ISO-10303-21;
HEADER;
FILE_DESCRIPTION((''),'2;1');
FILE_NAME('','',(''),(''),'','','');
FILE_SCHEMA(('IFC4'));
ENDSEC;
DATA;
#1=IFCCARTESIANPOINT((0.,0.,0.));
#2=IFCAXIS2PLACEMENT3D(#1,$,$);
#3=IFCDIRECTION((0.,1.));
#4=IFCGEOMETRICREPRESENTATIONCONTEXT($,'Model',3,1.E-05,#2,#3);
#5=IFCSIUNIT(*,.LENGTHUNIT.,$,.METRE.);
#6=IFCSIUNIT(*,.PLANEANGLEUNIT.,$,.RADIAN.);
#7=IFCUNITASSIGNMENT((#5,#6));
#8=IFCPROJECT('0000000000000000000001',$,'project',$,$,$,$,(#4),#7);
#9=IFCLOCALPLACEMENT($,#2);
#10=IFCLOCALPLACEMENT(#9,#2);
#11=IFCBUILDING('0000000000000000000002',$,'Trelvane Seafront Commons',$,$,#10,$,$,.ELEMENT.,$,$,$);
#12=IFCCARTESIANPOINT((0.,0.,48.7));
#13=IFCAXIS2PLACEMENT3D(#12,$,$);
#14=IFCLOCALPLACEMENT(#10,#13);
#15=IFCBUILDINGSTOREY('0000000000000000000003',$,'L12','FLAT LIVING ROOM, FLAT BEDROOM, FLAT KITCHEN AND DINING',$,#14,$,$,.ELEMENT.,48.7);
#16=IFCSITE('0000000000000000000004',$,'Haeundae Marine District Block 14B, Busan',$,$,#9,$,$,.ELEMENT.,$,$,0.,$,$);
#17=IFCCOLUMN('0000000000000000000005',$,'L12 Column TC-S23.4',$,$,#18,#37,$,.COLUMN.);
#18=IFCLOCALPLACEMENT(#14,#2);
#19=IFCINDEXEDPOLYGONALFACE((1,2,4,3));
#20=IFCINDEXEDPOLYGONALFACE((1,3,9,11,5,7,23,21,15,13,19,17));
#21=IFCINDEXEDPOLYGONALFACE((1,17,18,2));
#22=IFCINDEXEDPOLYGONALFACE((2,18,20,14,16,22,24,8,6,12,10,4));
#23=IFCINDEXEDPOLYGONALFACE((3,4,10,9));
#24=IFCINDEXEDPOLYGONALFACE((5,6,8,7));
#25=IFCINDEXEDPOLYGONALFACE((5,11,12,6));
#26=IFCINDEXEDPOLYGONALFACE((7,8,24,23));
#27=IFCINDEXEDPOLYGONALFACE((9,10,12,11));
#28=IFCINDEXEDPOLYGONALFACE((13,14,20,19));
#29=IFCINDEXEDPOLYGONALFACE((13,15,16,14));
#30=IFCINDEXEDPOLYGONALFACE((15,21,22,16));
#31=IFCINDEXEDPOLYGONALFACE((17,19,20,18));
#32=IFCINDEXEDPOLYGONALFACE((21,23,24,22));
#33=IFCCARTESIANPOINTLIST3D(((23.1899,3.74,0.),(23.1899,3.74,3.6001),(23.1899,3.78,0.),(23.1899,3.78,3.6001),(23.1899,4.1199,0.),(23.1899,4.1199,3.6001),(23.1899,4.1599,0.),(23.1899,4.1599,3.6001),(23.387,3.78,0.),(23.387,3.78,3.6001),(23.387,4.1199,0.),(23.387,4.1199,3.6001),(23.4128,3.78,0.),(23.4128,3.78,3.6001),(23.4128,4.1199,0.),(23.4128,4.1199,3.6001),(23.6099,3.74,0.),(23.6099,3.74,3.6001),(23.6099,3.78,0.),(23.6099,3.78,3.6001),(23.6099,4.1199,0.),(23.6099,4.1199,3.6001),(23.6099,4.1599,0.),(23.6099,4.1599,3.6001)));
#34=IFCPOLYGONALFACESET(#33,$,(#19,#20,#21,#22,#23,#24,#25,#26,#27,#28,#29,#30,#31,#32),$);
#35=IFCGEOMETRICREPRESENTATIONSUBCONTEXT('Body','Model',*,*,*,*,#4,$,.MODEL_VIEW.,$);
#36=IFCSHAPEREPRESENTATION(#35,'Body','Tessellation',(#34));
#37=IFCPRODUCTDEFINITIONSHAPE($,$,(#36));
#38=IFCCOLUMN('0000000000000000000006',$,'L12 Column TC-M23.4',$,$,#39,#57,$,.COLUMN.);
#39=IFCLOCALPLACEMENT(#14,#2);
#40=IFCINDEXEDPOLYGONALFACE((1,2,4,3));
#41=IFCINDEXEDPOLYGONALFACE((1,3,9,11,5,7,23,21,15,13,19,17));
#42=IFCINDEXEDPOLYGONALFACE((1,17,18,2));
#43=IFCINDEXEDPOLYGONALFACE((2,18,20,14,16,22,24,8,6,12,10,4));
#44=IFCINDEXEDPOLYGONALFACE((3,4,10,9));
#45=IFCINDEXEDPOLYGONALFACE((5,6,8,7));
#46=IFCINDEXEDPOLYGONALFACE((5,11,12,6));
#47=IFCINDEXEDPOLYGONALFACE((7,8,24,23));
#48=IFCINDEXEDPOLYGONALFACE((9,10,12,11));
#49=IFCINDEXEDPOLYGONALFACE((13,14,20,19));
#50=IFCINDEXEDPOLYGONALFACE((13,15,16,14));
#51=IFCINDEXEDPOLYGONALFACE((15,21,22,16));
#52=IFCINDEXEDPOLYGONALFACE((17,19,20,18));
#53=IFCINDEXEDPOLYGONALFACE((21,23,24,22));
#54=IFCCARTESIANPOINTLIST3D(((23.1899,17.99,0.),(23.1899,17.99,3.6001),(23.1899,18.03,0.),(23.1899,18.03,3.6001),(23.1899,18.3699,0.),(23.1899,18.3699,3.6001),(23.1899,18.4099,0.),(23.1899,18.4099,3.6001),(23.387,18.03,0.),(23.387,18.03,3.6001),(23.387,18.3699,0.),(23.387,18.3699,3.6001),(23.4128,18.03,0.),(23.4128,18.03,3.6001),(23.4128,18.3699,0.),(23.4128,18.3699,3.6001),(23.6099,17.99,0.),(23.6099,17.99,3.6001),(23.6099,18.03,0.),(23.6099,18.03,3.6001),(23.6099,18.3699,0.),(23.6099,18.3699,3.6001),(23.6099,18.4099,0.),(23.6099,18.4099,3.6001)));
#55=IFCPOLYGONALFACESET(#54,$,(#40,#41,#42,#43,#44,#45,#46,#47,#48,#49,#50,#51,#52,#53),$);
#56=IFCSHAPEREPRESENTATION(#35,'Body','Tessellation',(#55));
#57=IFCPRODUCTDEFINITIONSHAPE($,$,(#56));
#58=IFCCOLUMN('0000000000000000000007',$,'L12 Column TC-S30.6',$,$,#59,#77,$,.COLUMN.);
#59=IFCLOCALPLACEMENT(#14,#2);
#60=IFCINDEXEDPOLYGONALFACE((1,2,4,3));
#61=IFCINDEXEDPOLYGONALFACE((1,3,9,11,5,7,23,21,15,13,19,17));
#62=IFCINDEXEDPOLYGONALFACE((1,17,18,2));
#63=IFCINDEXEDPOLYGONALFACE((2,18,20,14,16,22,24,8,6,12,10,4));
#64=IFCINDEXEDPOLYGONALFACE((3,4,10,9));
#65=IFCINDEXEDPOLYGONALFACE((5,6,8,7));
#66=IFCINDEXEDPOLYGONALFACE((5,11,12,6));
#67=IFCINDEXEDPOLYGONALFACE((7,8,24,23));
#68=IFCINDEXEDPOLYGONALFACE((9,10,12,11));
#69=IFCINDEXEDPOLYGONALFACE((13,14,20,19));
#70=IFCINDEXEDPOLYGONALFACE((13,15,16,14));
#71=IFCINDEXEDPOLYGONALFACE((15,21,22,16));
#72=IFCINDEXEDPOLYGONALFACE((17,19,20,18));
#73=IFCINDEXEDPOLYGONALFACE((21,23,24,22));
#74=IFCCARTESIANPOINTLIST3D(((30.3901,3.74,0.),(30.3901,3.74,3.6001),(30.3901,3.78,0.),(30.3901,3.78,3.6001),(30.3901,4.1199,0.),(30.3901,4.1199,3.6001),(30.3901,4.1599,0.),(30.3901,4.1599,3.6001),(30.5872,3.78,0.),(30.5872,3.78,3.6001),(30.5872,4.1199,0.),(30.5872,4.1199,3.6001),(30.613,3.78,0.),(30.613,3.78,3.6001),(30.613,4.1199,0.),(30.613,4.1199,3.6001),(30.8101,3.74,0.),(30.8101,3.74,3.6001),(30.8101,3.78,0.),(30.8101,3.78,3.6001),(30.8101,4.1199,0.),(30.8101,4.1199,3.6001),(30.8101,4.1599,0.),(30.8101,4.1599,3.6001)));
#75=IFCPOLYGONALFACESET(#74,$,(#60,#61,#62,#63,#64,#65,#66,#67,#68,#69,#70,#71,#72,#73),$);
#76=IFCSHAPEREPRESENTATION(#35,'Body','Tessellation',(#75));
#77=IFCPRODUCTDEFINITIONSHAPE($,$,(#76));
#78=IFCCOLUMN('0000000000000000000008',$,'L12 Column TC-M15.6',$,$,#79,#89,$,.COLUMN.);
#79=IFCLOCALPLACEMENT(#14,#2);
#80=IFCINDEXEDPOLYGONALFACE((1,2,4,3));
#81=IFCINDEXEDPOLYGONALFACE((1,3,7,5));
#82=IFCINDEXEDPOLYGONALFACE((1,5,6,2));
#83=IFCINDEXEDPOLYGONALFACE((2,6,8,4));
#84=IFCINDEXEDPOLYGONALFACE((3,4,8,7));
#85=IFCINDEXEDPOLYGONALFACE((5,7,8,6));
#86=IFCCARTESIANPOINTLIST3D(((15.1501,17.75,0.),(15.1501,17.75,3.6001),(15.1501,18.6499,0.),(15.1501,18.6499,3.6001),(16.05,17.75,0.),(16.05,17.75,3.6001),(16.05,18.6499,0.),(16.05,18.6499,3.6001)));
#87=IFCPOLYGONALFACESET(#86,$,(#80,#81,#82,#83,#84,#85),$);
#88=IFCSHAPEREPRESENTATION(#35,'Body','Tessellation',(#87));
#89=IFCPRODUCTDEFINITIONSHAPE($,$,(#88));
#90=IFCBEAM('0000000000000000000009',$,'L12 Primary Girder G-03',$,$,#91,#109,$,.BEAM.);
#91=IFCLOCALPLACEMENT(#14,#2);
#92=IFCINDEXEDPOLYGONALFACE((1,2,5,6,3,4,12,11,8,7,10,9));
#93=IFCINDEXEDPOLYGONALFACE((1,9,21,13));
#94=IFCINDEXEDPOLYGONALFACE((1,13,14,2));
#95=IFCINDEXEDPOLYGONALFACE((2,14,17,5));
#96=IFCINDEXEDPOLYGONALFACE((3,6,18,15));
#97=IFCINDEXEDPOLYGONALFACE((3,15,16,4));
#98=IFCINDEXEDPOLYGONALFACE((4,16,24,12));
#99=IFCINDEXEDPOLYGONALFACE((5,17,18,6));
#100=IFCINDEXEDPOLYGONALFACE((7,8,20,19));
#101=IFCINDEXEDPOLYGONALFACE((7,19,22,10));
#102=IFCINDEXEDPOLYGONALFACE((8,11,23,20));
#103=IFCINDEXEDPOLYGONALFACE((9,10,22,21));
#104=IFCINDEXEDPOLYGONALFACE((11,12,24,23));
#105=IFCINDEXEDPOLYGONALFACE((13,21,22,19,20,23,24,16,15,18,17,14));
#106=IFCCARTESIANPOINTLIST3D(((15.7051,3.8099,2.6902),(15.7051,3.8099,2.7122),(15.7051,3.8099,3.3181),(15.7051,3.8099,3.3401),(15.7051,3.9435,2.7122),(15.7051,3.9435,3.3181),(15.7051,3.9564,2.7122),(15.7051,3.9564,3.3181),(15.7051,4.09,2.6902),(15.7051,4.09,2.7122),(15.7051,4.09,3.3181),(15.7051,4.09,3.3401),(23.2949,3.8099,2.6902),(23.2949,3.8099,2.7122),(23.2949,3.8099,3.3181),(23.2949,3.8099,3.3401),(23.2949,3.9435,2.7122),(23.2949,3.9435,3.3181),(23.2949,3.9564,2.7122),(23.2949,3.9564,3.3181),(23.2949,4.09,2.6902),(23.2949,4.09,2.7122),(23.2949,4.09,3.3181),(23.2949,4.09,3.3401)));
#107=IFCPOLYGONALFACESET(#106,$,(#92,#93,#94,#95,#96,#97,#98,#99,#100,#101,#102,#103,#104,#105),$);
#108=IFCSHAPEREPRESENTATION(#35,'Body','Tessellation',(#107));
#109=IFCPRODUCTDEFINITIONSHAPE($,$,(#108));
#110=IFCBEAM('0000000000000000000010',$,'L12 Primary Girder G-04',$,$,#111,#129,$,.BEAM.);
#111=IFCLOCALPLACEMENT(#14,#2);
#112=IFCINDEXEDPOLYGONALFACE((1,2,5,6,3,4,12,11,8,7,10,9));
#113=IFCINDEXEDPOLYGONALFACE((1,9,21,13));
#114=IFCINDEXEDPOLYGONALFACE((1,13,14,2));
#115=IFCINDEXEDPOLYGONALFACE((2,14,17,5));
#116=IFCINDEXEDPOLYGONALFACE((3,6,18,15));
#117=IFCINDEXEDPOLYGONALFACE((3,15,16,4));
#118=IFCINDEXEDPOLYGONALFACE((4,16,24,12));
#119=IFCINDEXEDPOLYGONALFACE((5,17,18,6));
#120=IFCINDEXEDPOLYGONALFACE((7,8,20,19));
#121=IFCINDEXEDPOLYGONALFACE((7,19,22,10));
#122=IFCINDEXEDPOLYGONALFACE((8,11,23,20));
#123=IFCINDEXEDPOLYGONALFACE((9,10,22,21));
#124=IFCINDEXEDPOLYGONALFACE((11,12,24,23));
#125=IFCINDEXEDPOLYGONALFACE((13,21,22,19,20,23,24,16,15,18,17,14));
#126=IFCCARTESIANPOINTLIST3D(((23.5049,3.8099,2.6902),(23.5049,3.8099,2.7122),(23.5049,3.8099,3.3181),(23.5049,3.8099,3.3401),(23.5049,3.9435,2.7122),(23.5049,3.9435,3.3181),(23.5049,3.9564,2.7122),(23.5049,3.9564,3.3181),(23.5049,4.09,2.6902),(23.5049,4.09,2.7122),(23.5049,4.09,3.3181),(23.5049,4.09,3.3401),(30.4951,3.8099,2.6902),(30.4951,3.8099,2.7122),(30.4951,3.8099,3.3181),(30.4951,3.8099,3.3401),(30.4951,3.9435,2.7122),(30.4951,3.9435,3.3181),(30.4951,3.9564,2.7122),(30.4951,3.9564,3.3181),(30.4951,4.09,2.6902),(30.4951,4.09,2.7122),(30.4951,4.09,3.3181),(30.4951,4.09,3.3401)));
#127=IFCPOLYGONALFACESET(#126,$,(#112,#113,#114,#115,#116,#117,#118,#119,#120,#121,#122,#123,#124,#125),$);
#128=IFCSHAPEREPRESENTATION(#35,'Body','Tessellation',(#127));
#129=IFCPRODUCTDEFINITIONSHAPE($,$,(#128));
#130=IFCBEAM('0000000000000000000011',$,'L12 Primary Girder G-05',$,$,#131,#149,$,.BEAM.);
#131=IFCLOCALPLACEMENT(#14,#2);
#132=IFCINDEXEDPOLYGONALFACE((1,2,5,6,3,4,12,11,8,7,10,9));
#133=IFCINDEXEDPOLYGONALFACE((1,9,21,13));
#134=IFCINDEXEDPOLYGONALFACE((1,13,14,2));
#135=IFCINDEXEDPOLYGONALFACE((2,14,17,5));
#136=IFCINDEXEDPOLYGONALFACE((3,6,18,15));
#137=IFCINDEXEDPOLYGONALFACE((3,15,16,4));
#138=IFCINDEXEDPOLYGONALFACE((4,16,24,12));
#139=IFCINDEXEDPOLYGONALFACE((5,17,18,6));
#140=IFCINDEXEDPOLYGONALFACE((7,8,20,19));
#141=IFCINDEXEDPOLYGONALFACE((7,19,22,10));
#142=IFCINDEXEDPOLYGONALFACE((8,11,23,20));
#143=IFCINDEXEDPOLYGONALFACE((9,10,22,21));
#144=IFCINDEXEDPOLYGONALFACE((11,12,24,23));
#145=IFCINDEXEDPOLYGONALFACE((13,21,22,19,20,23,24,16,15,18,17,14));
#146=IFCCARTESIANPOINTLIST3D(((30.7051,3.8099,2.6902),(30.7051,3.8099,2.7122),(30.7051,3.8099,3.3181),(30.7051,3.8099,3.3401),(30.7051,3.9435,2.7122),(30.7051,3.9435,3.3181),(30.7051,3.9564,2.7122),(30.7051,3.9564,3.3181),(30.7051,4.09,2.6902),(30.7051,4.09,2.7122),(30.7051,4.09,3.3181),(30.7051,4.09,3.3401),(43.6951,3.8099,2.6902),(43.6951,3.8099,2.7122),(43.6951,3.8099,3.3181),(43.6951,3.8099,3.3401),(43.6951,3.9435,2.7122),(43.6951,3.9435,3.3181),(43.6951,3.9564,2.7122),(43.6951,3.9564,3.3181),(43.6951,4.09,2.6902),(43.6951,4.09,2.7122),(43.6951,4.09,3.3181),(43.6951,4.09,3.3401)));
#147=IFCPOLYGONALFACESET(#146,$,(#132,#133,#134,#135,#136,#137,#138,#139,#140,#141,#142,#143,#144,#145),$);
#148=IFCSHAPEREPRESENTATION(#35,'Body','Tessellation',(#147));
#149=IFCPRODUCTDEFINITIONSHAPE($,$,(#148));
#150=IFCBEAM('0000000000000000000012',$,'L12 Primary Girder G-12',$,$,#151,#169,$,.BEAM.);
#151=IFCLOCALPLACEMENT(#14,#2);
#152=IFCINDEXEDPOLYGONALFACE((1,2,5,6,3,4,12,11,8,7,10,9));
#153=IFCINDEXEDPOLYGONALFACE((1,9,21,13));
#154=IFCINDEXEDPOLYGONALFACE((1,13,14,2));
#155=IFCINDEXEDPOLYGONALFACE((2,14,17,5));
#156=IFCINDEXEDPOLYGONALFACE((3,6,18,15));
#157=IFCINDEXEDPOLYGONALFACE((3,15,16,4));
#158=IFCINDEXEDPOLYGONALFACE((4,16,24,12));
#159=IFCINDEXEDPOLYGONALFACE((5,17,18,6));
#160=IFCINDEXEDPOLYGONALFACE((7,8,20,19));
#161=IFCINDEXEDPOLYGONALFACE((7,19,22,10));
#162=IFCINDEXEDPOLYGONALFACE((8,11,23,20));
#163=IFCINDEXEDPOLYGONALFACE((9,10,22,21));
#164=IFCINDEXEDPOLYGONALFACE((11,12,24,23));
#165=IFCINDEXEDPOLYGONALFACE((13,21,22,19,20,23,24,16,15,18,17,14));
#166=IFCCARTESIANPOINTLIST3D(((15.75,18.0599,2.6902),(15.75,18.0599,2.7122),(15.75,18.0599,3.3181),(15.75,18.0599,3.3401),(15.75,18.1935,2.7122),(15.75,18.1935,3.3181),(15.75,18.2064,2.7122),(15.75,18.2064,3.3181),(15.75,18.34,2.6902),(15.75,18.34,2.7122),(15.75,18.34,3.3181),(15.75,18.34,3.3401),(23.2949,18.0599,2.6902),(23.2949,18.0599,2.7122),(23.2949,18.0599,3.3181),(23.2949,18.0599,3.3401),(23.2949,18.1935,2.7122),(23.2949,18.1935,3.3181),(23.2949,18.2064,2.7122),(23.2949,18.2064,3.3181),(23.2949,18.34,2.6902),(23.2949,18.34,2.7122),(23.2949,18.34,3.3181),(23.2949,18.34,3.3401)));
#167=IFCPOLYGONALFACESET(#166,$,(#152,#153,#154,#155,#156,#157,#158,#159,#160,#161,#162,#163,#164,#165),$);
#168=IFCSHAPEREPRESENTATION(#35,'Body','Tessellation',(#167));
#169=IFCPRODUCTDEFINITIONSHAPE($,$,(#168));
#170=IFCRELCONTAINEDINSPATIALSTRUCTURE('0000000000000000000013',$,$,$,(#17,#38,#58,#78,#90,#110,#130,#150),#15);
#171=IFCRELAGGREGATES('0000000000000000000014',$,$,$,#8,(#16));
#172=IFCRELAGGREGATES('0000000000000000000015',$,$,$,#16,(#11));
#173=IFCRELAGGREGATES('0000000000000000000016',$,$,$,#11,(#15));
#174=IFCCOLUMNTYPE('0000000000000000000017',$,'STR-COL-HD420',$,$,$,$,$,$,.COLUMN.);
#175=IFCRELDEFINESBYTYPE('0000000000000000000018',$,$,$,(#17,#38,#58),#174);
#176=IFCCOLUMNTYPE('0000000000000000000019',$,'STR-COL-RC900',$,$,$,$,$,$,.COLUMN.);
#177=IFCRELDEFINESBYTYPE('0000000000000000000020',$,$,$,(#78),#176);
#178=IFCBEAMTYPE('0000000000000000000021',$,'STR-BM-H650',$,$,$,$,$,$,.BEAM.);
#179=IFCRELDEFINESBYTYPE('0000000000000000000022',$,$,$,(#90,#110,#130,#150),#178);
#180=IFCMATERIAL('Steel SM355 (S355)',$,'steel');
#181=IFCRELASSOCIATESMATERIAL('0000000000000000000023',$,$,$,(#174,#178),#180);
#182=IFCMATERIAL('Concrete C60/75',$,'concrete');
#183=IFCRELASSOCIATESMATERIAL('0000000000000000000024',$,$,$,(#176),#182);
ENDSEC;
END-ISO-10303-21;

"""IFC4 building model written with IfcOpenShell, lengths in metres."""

from ifc_helpers import new_model, si_unit, direction, frame, origin, origin_2d, place, context, subcontext, project, spatial, rectangle, i_section, extrude, source, transform, mapped, material, material_profile, profile_set, type_object, element, save


model = new_model("IFC4")

# Units and contexts
model_context = context("Model", 3, precision=1e-05, world=origin(), true_north=direction((0.0, 1.0)))
body_context = subcontext(model_context, "Body", "Model", "MODEL_VIEW")
ifc_project = project(units=[si_unit("LENGTHUNIT", "METRE"), si_unit("PLANEANGLEUNIT", "RADIAN")], contexts=[model_context])

# Site, building, storey
site_placement = place(None, origin())
site = spatial("IfcSite", under=ifc_project, at=site_placement, Name="Haeundae Marine District Block 14B, Busan", CompositionType="ELEMENT", RefElevation=0.0)
building_placement = place(site_placement, origin())
building = spatial("IfcBuilding", under=site, at=building_placement, Name="Trelvane Seafront Commons", CompositionType="ELEMENT")
storey_placement = place(building_placement, frame((0.0, 0.0, 48.7)))
storey = spatial("IfcBuildingStorey", under=building, at=storey_placement, Name="L12", Description="FLAT LIVING ROOM, FLAT BEDROOM, FLAT KITCHEN AND DINING", CompositionType="ELEMENT", Elevation=48.7)

# Columns
ifc_material_1 = material(Name="Steel SM355 (S355)", Category="steel")
ifc_material_profile_1 = material_profile(ifc_material_1, i_section(OverallWidth=0.4199, OverallDepth=0.4199, WebThickness=0.0259, FlangeThickness=0.04, at=origin_2d()), Name="HD-420x420x26x40")
ifc_profile_set_1 = profile_set([ifc_material_profile_1], Name="Steel SM355 (S355)")
column_type_1 = type_object("IfcColumnType", Name="STR-COL-HD420", PredefinedType="COLUMN", material=ifc_profile_set_1)
shared_shape_1 = source(origin(), body_context, "Body", "SweptSolid", [
    extrude(i_section(OverallWidth=0.4199, OverallDepth=0.4199, WebThickness=0.0259, FlangeThickness=0.04, at=origin_2d()), origin(), (0.0, 0.0, 1.0), 3.6001),
])
for number, where, z_axis, x_axis, name in (
    (1, (23.3999, 3.95, 0.0), (0.0, 0.0, 1.0), (1.0, 0.0, 0.0), "L12 Column TC-S23.4"),
    (2, (23.3999, 18.2, 0.0), (0.0, 0.0, 1.0), (1.0, 0.0, 0.0), "L12 Column TC-M23.4"),
    (3, (30.6001, 3.95, 0.0), (0.0, 0.0, 1.0), (1.0, 0.0, 0.0), "L12 Column TC-S30.6"),
):
    element("IfcColumn", number, at=place(storey_placement, frame(where, z_axis=z_axis, x_axis=x_axis)), inside=storey, type_object=column_type_1, Name=name, PredefinedType="COLUMN", context=body_context, shape_type="MappedRepresentation", body=[
        mapped(shared_shape_1, transform((0.0, 0.0, 0.0), x_axis=(1.0, 0.0, 0.0), y_axis=(0.0, 1.0, 0.0), z_axis=(0.0, 0.0, 1.0), scale=1.0)),
    ])
ifc_material_2 = material(Name="Concrete C60/75", Category="concrete")
ifc_material_profile_2 = material_profile(ifc_material_2, rectangle(XDim=0.8999, YDim=0.8999, at=origin_2d()), Name="RC-900x900")
ifc_profile_set_2 = profile_set([ifc_material_profile_2], Name="Concrete C60/75")
column_type_2 = type_object("IfcColumnType", Name="STR-COL-RC900", PredefinedType="COLUMN", material=ifc_profile_set_2)
shared_shape_2 = source(origin(), body_context, "Body", "SweptSolid", [
    extrude(rectangle(XDim=0.8999, YDim=0.8999, at=origin_2d()), origin(), (0.0, 0.0, 1.0), 3.6001),
])
column_placement = place(storey_placement, frame((15.6001, 18.2, 0.0), z_axis=(0.0, 0.0, 1.0), x_axis=(1.0, 0.0, 0.0)))
element("IfcColumn", 4, at=column_placement, inside=storey, type_object=column_type_2, Name="L12 Column TC-M15.6", PredefinedType="COLUMN", context=body_context, shape_type="MappedRepresentation", body=[
    mapped(shared_shape_2, transform((0.0, 0.0, 0.0), x_axis=(1.0, 0.0, 0.0), y_axis=(0.0, 1.0, 0.0), z_axis=(0.0, 0.0, 1.0), scale=1.0)),
])

# Beams
ifc_material_profile_3 = material_profile(ifc_material_1, i_section(OverallWidth=0.28, OverallDepth=0.6499, WebThickness=0.0129, FlangeThickness=0.022, at=origin_2d()), Name="H-650x280x13x22")
ifc_profile_set_3 = profile_set([ifc_material_profile_3], Name="Steel SM355 (S355)")
beam_type_1 = type_object("IfcBeamType", Name="STR-BM-H650", PredefinedType="BEAM", material=ifc_profile_set_3)
shared_shape_3 = source(origin(), body_context, "Body", "SweptSolid", [
    extrude(i_section(OverallWidth=0.28, OverallDepth=0.6499, WebThickness=0.0129, FlangeThickness=0.022, at=origin_2d()), origin(), (0.0, 0.0, 1.0), 7.5898),
])
beam_1_placement = place(storey_placement, frame((15.7051, 3.95, 3.0151), z_axis=(1.0, 0.0, 0.0), x_axis=(0.0, 1.0, 0.0)))
element("IfcBeam", 5, at=beam_1_placement, inside=storey, type_object=beam_type_1, Name="L12 Primary Girder G-03", PredefinedType="BEAM", context=body_context, shape_type="MappedRepresentation", body=[
    mapped(shared_shape_3, transform((0.0, 0.0, 0.0), x_axis=(1.0, 0.0, 0.0), y_axis=(0.0, 1.0, 0.0), z_axis=(0.0, 0.0, 1.0), scale=1.0)),
])
shared_shape_4 = source(origin(), body_context, "Body", "SweptSolid", [
    extrude(i_section(OverallWidth=0.28, OverallDepth=0.6499, WebThickness=0.0129, FlangeThickness=0.022, at=origin_2d()), origin(), (0.0, 0.0, 1.0), 6.9902),
])
beam_2_placement = place(storey_placement, frame((23.5049, 3.95, 3.0151), z_axis=(1.0, 0.0, 0.0), x_axis=(0.0, 1.0, 0.0)))
element("IfcBeam", 6, at=beam_2_placement, inside=storey, type_object=beam_type_1, Name="L12 Primary Girder G-04", PredefinedType="BEAM", context=body_context, shape_type="MappedRepresentation", body=[
    mapped(shared_shape_4, transform((0.0, 0.0, 0.0), x_axis=(1.0, 0.0, 0.0), y_axis=(0.0, 1.0, 0.0), z_axis=(0.0, 0.0, 1.0), scale=1.0)),
])
shared_shape_5 = source(origin(), body_context, "Body", "SweptSolid", [
    extrude(i_section(OverallWidth=0.28, OverallDepth=0.6499, WebThickness=0.0129, FlangeThickness=0.022, at=origin_2d()), origin(), (0.0, 0.0, 1.0), 12.99),
])
beam_3_placement = place(storey_placement, frame((30.7051, 3.95, 3.0151), z_axis=(1.0, 0.0, 0.0), x_axis=(0.0, 1.0, 0.0)))
element("IfcBeam", 7, at=beam_3_placement, inside=storey, type_object=beam_type_1, Name="L12 Primary Girder G-05", PredefinedType="BEAM", context=body_context, shape_type="MappedRepresentation", body=[
    mapped(shared_shape_5, transform((0.0, 0.0, 0.0), x_axis=(1.0, 0.0, 0.0), y_axis=(0.0, 1.0, 0.0), z_axis=(0.0, 0.0, 1.0), scale=1.0)),
])
shared_shape_6 = source(origin(), body_context, "Body", "SweptSolid", [
    extrude(i_section(OverallWidth=0.28, OverallDepth=0.6499, WebThickness=0.0129, FlangeThickness=0.022, at=origin_2d()), origin(), (0.0, 0.0, 1.0), 7.5449),
])
beam_4_placement = place(storey_placement, frame((15.75, 18.2, 3.0151), z_axis=(1.0, 0.0, 0.0), x_axis=(0.0, 1.0, 0.0)))
element("IfcBeam", 8, at=beam_4_placement, inside=storey, type_object=beam_type_1, Name="L12 Primary Girder G-12", PredefinedType="BEAM", context=body_context, shape_type="MappedRepresentation", body=[
    mapped(shared_shape_6, transform((0.0, 0.0, 0.0), x_axis=(1.0, 0.0, 0.0), y_axis=(0.0, 1.0, 0.0), z_axis=(0.0, 0.0, 1.0), scale=1.0)),
])

save(model, "model.ifc")
